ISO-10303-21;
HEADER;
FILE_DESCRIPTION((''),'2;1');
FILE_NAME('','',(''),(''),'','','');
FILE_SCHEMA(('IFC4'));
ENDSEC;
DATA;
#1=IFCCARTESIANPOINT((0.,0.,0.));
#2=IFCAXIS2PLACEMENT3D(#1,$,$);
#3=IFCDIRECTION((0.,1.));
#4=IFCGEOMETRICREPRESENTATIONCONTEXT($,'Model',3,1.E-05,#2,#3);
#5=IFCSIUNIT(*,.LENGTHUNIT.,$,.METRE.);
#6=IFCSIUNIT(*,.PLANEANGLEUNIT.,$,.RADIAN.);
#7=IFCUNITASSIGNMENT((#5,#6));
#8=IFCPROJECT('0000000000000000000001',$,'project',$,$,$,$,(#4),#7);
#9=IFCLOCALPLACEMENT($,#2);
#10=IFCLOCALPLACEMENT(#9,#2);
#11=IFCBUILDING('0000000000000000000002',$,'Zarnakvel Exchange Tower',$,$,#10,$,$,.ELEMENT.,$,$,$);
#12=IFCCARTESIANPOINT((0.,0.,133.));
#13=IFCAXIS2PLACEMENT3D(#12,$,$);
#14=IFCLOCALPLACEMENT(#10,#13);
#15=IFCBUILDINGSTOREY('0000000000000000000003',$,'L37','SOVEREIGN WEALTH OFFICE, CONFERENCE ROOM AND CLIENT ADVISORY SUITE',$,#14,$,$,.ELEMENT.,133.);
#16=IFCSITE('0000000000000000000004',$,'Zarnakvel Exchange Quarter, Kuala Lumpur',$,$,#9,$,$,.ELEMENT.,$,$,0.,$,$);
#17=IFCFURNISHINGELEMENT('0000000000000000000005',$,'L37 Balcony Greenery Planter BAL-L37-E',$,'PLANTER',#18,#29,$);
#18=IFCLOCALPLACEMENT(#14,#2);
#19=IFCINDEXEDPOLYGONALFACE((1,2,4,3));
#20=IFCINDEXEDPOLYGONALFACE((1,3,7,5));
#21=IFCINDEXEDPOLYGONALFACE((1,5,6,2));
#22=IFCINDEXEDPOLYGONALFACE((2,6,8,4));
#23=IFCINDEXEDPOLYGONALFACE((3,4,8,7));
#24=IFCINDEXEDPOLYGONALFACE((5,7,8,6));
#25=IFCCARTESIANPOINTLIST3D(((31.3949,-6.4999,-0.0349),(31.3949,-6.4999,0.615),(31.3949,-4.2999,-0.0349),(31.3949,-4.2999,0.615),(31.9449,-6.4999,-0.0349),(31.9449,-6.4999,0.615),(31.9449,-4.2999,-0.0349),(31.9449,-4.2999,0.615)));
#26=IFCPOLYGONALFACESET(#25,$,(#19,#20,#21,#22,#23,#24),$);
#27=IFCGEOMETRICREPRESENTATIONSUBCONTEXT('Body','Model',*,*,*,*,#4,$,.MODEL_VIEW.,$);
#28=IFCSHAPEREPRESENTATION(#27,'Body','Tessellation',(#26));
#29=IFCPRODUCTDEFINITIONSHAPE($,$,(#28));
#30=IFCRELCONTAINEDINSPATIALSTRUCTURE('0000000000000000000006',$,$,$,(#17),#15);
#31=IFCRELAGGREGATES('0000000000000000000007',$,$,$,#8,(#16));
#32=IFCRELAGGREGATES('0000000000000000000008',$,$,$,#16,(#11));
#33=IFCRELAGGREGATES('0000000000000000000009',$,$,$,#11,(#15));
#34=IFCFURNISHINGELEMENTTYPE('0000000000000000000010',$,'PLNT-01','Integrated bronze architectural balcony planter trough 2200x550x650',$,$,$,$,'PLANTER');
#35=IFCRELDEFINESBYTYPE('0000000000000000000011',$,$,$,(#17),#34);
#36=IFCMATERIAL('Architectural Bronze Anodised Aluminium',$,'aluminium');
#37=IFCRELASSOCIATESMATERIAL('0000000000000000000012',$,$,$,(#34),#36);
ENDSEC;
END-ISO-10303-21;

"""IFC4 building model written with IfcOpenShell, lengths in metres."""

from ifc_helpers import new_model, si_unit, direction, frame, origin, origin_2d, place, context, subcontext, project, spatial, rectangle, extrude, source, transform, mapped, material, type_object, element, save


model = new_model("IFC4")

# Units and contexts
model_context = context("Model", 3, precision=1e-05, world=origin(), true_north=direction((0.0, 1.0)))
body_context = subcontext(model_context, "Body", "Model", "MODEL_VIEW")
ifc_project = project(units=[si_unit("LENGTHUNIT", "METRE"), si_unit("PLANEANGLEUNIT", "RADIAN")], contexts=[model_context])

# Site, building, storey
site_placement = place(None, origin())
site = spatial("IfcSite", under=ifc_project, at=site_placement, Name="Zarnakvel Exchange Quarter, Kuala Lumpur", CompositionType="ELEMENT", RefElevation=0.0)
building_placement = place(site_placement, origin())
building = spatial("IfcBuilding", under=site, at=building_placement, Name="Zarnakvel Exchange Tower", CompositionType="ELEMENT")
storey_placement = place(building_placement, frame((0.0, 0.0, 133.0)))
storey = spatial("IfcBuildingStorey", under=building, at=storey_placement, Name="L37", Description="SOVEREIGN WEALTH OFFICE, CONFERENCE ROOM AND CLIENT ADVISORY SUITE", CompositionType="ELEMENT", Elevation=133.0)

# Shared definitions
ifc_material_1 = material(Name="Architectural Bronze Anodised Aluminium", Category="aluminium")

# Furnishing element
furnishing_element_type = type_object("IfcFurnishingElementType", Name="PLNT-01", Description="Integrated bronze architectural balcony planter trough 2200x550x650", ElementType="PLANTER", material=ifc_material_1)
shared_shape_1 = source(origin(), body_context, "Body", "SweptSolid", [
    extrude(rectangle(XDim=2.2, YDim=0.55, at=origin_2d()), origin(), (0.0, 0.0, 1.0), 0.6499),
])
furnishing_placement = place(storey_placement, frame((31.6699, -5.3999, -0.0349), z_axis=(0.0, 0.0, 1.0), x_axis=(0.0, 1.0, 0.0)))
element("IfcFurnishingElement", 1, at=furnishing_placement, inside=storey, type_object=furnishing_element_type, Name="L37 Balcony Greenery Planter BAL-L37-E", ObjectType="PLANTER", context=body_context, shape_type="MappedRepresentation", body=[
    mapped(shared_shape_1, transform((0.0, 0.0, 0.0), x_axis=(1.0, 0.0, 0.0), y_axis=(0.0, 1.0, 0.0), z_axis=(0.0, 0.0, 1.0), scale=1.0)),
])

save(model, "model.ifc")
